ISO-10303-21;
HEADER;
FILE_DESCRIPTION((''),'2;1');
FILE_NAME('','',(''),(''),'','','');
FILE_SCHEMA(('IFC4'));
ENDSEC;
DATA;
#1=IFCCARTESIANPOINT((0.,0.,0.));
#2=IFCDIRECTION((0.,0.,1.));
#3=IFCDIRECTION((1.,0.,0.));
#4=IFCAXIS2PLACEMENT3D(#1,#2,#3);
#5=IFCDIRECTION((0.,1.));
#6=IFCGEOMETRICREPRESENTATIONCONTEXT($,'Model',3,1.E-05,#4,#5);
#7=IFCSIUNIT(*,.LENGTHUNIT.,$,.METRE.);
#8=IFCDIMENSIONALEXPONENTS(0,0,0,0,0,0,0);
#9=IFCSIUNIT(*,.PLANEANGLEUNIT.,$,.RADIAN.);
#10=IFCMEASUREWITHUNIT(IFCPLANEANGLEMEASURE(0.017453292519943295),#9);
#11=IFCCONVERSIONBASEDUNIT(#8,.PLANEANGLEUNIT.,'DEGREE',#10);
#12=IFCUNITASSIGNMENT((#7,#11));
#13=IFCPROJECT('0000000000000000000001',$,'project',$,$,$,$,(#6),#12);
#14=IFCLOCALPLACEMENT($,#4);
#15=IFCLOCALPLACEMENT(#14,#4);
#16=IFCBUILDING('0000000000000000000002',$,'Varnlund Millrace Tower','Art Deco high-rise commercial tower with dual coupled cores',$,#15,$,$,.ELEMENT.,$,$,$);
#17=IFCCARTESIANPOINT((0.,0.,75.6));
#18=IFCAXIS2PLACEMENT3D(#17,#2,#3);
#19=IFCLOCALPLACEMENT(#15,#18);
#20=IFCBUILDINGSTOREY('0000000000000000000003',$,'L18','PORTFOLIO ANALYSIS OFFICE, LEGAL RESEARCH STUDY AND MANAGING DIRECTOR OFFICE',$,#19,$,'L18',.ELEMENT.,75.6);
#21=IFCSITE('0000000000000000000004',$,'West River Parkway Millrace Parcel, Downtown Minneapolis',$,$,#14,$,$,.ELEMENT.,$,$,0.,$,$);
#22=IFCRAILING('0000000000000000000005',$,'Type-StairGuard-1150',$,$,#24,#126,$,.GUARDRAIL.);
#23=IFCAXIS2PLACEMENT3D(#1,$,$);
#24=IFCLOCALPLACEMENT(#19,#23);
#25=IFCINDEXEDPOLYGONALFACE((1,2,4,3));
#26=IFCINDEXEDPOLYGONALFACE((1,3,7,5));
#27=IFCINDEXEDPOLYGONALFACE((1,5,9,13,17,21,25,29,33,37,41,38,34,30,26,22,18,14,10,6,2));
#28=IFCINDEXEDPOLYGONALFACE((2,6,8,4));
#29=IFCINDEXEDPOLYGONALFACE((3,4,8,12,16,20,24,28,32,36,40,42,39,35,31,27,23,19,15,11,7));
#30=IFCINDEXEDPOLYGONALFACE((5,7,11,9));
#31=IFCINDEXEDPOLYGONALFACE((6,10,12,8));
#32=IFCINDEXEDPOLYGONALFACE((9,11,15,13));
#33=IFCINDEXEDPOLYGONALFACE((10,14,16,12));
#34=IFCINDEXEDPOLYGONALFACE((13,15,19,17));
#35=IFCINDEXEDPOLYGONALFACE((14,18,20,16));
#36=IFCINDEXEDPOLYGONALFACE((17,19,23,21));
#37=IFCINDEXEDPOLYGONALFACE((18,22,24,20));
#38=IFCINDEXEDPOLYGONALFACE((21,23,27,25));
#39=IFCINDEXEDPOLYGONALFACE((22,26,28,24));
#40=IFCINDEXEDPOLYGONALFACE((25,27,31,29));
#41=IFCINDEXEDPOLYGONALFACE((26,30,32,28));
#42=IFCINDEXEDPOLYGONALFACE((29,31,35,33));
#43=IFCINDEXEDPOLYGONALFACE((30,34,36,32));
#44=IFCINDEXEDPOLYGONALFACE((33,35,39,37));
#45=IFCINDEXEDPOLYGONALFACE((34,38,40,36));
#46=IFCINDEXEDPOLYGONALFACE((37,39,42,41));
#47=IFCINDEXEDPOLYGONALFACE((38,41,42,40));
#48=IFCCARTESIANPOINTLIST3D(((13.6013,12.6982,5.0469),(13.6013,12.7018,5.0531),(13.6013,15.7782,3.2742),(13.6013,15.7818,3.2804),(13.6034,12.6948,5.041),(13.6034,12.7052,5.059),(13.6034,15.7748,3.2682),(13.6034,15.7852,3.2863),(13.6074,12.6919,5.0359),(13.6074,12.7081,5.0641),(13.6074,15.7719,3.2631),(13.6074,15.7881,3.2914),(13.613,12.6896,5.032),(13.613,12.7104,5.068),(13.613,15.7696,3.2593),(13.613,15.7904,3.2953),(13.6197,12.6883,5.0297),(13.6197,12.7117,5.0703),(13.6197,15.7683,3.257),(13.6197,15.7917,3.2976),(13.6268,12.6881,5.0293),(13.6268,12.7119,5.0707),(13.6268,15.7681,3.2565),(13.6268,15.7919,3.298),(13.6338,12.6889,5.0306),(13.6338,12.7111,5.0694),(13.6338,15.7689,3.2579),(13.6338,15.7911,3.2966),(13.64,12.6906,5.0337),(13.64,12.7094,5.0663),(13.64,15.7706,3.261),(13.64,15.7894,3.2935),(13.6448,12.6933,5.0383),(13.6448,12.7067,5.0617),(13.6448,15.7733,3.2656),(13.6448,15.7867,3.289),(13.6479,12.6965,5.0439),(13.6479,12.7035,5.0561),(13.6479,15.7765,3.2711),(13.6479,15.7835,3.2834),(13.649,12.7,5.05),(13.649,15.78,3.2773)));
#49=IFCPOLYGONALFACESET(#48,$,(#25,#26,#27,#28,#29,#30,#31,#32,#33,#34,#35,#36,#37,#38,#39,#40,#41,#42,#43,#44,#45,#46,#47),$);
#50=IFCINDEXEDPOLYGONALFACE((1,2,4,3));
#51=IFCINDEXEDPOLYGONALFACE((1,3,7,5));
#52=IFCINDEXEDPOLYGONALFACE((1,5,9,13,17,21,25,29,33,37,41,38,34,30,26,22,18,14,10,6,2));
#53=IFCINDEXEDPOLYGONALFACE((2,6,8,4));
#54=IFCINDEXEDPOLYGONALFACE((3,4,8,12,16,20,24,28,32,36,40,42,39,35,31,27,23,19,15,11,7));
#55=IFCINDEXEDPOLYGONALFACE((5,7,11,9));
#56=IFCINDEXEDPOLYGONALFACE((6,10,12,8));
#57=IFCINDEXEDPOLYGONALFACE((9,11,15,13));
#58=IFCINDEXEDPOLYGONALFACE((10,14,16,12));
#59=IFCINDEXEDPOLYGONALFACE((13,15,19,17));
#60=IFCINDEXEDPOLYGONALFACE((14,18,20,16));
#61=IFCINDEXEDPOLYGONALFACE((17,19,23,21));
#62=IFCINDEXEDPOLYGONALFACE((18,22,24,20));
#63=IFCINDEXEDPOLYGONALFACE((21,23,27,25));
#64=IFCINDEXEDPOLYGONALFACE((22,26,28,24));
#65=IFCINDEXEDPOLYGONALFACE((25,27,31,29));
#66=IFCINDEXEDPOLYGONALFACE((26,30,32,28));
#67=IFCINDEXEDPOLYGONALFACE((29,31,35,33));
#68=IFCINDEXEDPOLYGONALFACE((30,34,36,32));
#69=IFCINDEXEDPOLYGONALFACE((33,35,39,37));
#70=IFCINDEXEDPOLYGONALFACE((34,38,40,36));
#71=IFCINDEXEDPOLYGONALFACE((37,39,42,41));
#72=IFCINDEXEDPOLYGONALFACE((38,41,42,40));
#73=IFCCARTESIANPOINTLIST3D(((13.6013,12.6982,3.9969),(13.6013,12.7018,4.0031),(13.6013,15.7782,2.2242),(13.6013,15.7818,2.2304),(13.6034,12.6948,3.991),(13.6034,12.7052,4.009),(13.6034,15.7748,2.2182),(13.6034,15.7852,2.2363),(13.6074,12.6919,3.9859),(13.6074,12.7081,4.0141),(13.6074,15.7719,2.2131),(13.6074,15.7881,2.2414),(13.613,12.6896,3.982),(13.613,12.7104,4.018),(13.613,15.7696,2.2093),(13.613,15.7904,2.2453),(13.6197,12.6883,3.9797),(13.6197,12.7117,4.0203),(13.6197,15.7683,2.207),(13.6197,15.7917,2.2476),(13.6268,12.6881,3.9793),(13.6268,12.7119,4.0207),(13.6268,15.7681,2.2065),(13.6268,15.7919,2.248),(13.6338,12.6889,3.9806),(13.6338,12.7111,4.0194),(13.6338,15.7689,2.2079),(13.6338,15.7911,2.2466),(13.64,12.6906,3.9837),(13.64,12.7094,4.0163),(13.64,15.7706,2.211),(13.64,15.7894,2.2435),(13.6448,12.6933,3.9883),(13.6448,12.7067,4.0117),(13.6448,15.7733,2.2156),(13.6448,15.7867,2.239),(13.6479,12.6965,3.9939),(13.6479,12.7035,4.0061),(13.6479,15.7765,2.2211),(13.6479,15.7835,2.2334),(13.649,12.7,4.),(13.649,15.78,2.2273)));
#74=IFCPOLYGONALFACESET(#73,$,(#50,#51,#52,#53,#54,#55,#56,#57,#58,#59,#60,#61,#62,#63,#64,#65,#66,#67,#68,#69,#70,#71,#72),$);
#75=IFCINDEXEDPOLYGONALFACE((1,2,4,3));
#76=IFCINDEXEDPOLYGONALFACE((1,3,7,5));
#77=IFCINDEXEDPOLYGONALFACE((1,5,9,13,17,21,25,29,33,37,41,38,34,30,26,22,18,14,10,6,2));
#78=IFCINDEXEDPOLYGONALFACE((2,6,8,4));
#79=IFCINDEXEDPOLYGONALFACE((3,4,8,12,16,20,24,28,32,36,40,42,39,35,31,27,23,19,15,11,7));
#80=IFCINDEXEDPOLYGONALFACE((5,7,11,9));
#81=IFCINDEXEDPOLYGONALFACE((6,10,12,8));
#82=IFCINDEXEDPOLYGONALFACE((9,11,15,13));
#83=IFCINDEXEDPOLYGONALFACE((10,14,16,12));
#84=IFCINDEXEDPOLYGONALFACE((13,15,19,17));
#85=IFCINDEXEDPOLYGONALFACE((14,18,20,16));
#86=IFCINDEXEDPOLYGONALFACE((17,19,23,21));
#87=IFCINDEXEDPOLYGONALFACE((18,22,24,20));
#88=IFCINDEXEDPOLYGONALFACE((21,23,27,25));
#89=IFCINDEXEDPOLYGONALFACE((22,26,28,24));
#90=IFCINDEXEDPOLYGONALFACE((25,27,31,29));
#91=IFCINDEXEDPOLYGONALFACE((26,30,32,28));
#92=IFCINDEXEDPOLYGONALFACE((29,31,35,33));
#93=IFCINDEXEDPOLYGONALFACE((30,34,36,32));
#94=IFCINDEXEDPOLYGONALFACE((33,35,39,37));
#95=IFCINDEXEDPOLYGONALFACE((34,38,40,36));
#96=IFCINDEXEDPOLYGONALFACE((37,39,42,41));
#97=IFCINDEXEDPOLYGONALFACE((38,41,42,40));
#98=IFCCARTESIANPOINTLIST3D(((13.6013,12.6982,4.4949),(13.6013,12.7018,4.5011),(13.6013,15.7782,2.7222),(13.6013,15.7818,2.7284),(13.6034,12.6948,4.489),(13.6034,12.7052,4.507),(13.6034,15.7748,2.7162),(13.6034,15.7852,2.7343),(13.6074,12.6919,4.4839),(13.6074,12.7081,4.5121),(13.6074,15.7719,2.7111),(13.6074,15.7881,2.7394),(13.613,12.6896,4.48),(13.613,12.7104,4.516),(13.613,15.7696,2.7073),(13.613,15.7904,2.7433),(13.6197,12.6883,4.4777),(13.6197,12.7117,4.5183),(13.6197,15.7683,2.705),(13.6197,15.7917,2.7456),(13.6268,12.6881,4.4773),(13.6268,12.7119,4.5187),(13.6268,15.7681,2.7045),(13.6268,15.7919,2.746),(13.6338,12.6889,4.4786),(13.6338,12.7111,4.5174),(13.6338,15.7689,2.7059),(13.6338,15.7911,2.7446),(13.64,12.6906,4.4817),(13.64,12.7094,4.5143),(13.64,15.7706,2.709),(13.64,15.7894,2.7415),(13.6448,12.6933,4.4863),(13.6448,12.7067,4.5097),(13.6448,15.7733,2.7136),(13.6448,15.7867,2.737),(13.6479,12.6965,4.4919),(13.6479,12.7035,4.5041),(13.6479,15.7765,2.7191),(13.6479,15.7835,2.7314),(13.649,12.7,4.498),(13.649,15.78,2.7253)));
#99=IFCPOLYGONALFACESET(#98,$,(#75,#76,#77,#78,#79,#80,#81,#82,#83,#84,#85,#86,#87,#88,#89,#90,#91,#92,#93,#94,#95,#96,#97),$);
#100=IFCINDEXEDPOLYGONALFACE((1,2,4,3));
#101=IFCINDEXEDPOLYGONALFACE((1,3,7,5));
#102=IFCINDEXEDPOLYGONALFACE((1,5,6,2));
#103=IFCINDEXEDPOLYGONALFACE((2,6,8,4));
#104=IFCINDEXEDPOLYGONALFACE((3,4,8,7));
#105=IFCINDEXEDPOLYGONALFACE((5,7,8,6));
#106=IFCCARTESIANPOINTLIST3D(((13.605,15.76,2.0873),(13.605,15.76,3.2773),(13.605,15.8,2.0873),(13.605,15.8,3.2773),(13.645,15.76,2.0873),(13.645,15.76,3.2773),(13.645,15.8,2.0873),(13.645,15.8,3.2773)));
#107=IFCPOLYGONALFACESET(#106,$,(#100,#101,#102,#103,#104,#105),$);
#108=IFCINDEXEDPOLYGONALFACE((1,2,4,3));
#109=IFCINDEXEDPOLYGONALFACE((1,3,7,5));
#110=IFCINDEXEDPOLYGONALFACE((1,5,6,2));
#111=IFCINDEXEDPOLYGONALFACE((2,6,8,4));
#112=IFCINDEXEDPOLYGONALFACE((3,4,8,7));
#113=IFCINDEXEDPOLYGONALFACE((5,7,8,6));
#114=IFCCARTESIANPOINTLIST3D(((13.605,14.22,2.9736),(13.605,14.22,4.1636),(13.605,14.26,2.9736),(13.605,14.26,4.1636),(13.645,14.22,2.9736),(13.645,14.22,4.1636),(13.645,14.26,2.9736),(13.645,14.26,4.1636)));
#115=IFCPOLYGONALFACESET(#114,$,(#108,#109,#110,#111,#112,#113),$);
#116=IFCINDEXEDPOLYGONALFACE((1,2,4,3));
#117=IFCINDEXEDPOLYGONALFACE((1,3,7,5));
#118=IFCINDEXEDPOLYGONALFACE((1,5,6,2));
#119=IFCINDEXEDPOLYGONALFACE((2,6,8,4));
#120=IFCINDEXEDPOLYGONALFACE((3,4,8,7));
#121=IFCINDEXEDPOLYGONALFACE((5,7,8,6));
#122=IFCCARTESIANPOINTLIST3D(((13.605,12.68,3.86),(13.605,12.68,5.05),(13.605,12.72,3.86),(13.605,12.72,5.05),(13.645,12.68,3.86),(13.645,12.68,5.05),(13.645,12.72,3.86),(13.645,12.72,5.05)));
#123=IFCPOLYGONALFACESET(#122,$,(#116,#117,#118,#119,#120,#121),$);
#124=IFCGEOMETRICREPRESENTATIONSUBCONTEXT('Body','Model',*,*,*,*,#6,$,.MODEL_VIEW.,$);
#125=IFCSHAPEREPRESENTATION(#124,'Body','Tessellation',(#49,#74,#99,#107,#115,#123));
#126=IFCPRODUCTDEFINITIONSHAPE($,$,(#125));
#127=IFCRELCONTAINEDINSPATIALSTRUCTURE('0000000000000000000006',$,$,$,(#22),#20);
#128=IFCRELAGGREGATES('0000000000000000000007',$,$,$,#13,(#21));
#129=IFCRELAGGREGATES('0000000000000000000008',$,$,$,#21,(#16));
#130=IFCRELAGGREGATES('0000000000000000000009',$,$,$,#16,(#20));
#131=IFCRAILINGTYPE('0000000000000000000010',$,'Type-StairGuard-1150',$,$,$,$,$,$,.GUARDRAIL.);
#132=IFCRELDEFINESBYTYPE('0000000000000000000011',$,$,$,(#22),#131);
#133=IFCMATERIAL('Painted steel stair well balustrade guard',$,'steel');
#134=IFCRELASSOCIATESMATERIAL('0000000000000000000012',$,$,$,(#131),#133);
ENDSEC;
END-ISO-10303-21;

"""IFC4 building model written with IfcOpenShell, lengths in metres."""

from ifc_helpers import new_model, entity, si_unit, converted_unit, direction, frame, origin_with_axes, origin_2d_with_axis, place, context, subcontext, project, spatial, rectangle, circle, extrude, material, type_object, element, save


model = new_model("IFC4")

# Units and contexts
model_context = context("Model", 3, precision=1e-05, world=origin_with_axes(), true_north=direction((0.0, 1.0)))
body_context = subcontext(model_context, "Body", "Model", "MODEL_VIEW")
ifc_project = project(units=[si_unit("LENGTHUNIT", "METRE"), converted_unit("PLANEANGLEUNIT", "DEGREE", entity("IfcPlaneAngleMeasure", 0.017453292519943295), si_unit("PLANEANGLEUNIT", "RADIAN"), dimensions=[0, 0, 0, 0, 0, 0, 0])], contexts=[model_context])

# Site, building, storey
site_placement = place(None, origin_with_axes())
site = spatial("IfcSite", under=ifc_project, at=site_placement, Name="West River Parkway Millrace Parcel, Downtown Minneapolis", CompositionType="ELEMENT", RefElevation=0.0)
building_placement = place(site_placement, origin_with_axes())
building = spatial("IfcBuilding", under=site, at=building_placement, Name="Varnlund Millrace Tower", Description="Art Deco high-rise commercial tower with dual coupled cores", CompositionType="ELEMENT")
storey_placement = place(building_placement, frame((0.0, 0.0, 75.6), z_axis=(0.0, 0.0, 1.0), x_axis=(1.0, 0.0, 0.0)))
storey = spatial("IfcBuildingStorey", under=building, at=storey_placement, Name="L18", Description="PORTFOLIO ANALYSIS OFFICE, LEGAL RESEARCH STUDY AND MANAGING DIRECTOR OFFICE", LongName="L18", CompositionType="ELEMENT", Elevation=75.6)

# Railing
ifc_material_1 = material(Name="Painted steel stair well balustrade guard", Category="steel")
railing_type_1 = type_object("IfcRailingType", Name="Type-StairGuard-1150", PredefinedType="GUARDRAIL", material=ifc_material_1)
railing_1_placement = place(storey_placement, frame((0.0, 0.0, -75.6), z_axis=(0.0, 0.0, 1.0), x_axis=(1.0, 0.0, 0.0)))
element("IfcRailing", 1, at=railing_1_placement, inside=storey, type_object=railing_type_1, Name="Type-StairGuard-1150", PredefinedType="GUARDRAIL", context=body_context, shape_type="SweptSolid", body=[
    extrude(circle(Radius=0.024, at=origin_2d_with_axis()), frame((13.625, 15.78, 78.8773), z_axis=(0.0, -0.866696, 0.498836), x_axis=(1.0, 0.0, 0.0)), (0.0, 0.0, 1.0), 3.5537),
    extrude(circle(Radius=0.024, at=origin_2d_with_axis()), frame((13.625, 15.78, 77.8273), z_axis=(0.0, -0.866696, 0.498836), x_axis=(1.0, 0.0, 0.0)), (0.0, 0.0, 1.0), 3.5537),
    extrude(circle(Radius=0.024, at=origin_2d_with_axis()), frame((13.625, 15.78, 78.3253), z_axis=(0.0, -0.866696, 0.498836), x_axis=(1.0, 0.0, 0.0)), (0.0, 0.0, 1.0), 3.5537),
    extrude(rectangle(XDim=0.04, YDim=0.04, at=origin_2d_with_axis()), frame((13.625, 15.78, 77.6873), z_axis=(0.0, 0.0, 1.0), x_axis=(1.0, 0.0, 0.0)), (0.0, 0.0, 1.0), 1.19),
    extrude(rectangle(XDim=0.04, YDim=0.04, at=origin_2d_with_axis()), frame((13.625, 14.24, 78.5736), z_axis=(0.0, 0.0, 1.0), x_axis=(1.0, 0.0, 0.0)), (0.0, 0.0, 1.0), 1.19),
    extrude(rectangle(XDim=0.04, YDim=0.04, at=origin_2d_with_axis()), frame((13.625, 12.7, 79.46), z_axis=(0.0, 0.0, 1.0), x_axis=(1.0, 0.0, 0.0)), (0.0, 0.0, 1.0), 1.19),
])

save(model, "model.ifc")
